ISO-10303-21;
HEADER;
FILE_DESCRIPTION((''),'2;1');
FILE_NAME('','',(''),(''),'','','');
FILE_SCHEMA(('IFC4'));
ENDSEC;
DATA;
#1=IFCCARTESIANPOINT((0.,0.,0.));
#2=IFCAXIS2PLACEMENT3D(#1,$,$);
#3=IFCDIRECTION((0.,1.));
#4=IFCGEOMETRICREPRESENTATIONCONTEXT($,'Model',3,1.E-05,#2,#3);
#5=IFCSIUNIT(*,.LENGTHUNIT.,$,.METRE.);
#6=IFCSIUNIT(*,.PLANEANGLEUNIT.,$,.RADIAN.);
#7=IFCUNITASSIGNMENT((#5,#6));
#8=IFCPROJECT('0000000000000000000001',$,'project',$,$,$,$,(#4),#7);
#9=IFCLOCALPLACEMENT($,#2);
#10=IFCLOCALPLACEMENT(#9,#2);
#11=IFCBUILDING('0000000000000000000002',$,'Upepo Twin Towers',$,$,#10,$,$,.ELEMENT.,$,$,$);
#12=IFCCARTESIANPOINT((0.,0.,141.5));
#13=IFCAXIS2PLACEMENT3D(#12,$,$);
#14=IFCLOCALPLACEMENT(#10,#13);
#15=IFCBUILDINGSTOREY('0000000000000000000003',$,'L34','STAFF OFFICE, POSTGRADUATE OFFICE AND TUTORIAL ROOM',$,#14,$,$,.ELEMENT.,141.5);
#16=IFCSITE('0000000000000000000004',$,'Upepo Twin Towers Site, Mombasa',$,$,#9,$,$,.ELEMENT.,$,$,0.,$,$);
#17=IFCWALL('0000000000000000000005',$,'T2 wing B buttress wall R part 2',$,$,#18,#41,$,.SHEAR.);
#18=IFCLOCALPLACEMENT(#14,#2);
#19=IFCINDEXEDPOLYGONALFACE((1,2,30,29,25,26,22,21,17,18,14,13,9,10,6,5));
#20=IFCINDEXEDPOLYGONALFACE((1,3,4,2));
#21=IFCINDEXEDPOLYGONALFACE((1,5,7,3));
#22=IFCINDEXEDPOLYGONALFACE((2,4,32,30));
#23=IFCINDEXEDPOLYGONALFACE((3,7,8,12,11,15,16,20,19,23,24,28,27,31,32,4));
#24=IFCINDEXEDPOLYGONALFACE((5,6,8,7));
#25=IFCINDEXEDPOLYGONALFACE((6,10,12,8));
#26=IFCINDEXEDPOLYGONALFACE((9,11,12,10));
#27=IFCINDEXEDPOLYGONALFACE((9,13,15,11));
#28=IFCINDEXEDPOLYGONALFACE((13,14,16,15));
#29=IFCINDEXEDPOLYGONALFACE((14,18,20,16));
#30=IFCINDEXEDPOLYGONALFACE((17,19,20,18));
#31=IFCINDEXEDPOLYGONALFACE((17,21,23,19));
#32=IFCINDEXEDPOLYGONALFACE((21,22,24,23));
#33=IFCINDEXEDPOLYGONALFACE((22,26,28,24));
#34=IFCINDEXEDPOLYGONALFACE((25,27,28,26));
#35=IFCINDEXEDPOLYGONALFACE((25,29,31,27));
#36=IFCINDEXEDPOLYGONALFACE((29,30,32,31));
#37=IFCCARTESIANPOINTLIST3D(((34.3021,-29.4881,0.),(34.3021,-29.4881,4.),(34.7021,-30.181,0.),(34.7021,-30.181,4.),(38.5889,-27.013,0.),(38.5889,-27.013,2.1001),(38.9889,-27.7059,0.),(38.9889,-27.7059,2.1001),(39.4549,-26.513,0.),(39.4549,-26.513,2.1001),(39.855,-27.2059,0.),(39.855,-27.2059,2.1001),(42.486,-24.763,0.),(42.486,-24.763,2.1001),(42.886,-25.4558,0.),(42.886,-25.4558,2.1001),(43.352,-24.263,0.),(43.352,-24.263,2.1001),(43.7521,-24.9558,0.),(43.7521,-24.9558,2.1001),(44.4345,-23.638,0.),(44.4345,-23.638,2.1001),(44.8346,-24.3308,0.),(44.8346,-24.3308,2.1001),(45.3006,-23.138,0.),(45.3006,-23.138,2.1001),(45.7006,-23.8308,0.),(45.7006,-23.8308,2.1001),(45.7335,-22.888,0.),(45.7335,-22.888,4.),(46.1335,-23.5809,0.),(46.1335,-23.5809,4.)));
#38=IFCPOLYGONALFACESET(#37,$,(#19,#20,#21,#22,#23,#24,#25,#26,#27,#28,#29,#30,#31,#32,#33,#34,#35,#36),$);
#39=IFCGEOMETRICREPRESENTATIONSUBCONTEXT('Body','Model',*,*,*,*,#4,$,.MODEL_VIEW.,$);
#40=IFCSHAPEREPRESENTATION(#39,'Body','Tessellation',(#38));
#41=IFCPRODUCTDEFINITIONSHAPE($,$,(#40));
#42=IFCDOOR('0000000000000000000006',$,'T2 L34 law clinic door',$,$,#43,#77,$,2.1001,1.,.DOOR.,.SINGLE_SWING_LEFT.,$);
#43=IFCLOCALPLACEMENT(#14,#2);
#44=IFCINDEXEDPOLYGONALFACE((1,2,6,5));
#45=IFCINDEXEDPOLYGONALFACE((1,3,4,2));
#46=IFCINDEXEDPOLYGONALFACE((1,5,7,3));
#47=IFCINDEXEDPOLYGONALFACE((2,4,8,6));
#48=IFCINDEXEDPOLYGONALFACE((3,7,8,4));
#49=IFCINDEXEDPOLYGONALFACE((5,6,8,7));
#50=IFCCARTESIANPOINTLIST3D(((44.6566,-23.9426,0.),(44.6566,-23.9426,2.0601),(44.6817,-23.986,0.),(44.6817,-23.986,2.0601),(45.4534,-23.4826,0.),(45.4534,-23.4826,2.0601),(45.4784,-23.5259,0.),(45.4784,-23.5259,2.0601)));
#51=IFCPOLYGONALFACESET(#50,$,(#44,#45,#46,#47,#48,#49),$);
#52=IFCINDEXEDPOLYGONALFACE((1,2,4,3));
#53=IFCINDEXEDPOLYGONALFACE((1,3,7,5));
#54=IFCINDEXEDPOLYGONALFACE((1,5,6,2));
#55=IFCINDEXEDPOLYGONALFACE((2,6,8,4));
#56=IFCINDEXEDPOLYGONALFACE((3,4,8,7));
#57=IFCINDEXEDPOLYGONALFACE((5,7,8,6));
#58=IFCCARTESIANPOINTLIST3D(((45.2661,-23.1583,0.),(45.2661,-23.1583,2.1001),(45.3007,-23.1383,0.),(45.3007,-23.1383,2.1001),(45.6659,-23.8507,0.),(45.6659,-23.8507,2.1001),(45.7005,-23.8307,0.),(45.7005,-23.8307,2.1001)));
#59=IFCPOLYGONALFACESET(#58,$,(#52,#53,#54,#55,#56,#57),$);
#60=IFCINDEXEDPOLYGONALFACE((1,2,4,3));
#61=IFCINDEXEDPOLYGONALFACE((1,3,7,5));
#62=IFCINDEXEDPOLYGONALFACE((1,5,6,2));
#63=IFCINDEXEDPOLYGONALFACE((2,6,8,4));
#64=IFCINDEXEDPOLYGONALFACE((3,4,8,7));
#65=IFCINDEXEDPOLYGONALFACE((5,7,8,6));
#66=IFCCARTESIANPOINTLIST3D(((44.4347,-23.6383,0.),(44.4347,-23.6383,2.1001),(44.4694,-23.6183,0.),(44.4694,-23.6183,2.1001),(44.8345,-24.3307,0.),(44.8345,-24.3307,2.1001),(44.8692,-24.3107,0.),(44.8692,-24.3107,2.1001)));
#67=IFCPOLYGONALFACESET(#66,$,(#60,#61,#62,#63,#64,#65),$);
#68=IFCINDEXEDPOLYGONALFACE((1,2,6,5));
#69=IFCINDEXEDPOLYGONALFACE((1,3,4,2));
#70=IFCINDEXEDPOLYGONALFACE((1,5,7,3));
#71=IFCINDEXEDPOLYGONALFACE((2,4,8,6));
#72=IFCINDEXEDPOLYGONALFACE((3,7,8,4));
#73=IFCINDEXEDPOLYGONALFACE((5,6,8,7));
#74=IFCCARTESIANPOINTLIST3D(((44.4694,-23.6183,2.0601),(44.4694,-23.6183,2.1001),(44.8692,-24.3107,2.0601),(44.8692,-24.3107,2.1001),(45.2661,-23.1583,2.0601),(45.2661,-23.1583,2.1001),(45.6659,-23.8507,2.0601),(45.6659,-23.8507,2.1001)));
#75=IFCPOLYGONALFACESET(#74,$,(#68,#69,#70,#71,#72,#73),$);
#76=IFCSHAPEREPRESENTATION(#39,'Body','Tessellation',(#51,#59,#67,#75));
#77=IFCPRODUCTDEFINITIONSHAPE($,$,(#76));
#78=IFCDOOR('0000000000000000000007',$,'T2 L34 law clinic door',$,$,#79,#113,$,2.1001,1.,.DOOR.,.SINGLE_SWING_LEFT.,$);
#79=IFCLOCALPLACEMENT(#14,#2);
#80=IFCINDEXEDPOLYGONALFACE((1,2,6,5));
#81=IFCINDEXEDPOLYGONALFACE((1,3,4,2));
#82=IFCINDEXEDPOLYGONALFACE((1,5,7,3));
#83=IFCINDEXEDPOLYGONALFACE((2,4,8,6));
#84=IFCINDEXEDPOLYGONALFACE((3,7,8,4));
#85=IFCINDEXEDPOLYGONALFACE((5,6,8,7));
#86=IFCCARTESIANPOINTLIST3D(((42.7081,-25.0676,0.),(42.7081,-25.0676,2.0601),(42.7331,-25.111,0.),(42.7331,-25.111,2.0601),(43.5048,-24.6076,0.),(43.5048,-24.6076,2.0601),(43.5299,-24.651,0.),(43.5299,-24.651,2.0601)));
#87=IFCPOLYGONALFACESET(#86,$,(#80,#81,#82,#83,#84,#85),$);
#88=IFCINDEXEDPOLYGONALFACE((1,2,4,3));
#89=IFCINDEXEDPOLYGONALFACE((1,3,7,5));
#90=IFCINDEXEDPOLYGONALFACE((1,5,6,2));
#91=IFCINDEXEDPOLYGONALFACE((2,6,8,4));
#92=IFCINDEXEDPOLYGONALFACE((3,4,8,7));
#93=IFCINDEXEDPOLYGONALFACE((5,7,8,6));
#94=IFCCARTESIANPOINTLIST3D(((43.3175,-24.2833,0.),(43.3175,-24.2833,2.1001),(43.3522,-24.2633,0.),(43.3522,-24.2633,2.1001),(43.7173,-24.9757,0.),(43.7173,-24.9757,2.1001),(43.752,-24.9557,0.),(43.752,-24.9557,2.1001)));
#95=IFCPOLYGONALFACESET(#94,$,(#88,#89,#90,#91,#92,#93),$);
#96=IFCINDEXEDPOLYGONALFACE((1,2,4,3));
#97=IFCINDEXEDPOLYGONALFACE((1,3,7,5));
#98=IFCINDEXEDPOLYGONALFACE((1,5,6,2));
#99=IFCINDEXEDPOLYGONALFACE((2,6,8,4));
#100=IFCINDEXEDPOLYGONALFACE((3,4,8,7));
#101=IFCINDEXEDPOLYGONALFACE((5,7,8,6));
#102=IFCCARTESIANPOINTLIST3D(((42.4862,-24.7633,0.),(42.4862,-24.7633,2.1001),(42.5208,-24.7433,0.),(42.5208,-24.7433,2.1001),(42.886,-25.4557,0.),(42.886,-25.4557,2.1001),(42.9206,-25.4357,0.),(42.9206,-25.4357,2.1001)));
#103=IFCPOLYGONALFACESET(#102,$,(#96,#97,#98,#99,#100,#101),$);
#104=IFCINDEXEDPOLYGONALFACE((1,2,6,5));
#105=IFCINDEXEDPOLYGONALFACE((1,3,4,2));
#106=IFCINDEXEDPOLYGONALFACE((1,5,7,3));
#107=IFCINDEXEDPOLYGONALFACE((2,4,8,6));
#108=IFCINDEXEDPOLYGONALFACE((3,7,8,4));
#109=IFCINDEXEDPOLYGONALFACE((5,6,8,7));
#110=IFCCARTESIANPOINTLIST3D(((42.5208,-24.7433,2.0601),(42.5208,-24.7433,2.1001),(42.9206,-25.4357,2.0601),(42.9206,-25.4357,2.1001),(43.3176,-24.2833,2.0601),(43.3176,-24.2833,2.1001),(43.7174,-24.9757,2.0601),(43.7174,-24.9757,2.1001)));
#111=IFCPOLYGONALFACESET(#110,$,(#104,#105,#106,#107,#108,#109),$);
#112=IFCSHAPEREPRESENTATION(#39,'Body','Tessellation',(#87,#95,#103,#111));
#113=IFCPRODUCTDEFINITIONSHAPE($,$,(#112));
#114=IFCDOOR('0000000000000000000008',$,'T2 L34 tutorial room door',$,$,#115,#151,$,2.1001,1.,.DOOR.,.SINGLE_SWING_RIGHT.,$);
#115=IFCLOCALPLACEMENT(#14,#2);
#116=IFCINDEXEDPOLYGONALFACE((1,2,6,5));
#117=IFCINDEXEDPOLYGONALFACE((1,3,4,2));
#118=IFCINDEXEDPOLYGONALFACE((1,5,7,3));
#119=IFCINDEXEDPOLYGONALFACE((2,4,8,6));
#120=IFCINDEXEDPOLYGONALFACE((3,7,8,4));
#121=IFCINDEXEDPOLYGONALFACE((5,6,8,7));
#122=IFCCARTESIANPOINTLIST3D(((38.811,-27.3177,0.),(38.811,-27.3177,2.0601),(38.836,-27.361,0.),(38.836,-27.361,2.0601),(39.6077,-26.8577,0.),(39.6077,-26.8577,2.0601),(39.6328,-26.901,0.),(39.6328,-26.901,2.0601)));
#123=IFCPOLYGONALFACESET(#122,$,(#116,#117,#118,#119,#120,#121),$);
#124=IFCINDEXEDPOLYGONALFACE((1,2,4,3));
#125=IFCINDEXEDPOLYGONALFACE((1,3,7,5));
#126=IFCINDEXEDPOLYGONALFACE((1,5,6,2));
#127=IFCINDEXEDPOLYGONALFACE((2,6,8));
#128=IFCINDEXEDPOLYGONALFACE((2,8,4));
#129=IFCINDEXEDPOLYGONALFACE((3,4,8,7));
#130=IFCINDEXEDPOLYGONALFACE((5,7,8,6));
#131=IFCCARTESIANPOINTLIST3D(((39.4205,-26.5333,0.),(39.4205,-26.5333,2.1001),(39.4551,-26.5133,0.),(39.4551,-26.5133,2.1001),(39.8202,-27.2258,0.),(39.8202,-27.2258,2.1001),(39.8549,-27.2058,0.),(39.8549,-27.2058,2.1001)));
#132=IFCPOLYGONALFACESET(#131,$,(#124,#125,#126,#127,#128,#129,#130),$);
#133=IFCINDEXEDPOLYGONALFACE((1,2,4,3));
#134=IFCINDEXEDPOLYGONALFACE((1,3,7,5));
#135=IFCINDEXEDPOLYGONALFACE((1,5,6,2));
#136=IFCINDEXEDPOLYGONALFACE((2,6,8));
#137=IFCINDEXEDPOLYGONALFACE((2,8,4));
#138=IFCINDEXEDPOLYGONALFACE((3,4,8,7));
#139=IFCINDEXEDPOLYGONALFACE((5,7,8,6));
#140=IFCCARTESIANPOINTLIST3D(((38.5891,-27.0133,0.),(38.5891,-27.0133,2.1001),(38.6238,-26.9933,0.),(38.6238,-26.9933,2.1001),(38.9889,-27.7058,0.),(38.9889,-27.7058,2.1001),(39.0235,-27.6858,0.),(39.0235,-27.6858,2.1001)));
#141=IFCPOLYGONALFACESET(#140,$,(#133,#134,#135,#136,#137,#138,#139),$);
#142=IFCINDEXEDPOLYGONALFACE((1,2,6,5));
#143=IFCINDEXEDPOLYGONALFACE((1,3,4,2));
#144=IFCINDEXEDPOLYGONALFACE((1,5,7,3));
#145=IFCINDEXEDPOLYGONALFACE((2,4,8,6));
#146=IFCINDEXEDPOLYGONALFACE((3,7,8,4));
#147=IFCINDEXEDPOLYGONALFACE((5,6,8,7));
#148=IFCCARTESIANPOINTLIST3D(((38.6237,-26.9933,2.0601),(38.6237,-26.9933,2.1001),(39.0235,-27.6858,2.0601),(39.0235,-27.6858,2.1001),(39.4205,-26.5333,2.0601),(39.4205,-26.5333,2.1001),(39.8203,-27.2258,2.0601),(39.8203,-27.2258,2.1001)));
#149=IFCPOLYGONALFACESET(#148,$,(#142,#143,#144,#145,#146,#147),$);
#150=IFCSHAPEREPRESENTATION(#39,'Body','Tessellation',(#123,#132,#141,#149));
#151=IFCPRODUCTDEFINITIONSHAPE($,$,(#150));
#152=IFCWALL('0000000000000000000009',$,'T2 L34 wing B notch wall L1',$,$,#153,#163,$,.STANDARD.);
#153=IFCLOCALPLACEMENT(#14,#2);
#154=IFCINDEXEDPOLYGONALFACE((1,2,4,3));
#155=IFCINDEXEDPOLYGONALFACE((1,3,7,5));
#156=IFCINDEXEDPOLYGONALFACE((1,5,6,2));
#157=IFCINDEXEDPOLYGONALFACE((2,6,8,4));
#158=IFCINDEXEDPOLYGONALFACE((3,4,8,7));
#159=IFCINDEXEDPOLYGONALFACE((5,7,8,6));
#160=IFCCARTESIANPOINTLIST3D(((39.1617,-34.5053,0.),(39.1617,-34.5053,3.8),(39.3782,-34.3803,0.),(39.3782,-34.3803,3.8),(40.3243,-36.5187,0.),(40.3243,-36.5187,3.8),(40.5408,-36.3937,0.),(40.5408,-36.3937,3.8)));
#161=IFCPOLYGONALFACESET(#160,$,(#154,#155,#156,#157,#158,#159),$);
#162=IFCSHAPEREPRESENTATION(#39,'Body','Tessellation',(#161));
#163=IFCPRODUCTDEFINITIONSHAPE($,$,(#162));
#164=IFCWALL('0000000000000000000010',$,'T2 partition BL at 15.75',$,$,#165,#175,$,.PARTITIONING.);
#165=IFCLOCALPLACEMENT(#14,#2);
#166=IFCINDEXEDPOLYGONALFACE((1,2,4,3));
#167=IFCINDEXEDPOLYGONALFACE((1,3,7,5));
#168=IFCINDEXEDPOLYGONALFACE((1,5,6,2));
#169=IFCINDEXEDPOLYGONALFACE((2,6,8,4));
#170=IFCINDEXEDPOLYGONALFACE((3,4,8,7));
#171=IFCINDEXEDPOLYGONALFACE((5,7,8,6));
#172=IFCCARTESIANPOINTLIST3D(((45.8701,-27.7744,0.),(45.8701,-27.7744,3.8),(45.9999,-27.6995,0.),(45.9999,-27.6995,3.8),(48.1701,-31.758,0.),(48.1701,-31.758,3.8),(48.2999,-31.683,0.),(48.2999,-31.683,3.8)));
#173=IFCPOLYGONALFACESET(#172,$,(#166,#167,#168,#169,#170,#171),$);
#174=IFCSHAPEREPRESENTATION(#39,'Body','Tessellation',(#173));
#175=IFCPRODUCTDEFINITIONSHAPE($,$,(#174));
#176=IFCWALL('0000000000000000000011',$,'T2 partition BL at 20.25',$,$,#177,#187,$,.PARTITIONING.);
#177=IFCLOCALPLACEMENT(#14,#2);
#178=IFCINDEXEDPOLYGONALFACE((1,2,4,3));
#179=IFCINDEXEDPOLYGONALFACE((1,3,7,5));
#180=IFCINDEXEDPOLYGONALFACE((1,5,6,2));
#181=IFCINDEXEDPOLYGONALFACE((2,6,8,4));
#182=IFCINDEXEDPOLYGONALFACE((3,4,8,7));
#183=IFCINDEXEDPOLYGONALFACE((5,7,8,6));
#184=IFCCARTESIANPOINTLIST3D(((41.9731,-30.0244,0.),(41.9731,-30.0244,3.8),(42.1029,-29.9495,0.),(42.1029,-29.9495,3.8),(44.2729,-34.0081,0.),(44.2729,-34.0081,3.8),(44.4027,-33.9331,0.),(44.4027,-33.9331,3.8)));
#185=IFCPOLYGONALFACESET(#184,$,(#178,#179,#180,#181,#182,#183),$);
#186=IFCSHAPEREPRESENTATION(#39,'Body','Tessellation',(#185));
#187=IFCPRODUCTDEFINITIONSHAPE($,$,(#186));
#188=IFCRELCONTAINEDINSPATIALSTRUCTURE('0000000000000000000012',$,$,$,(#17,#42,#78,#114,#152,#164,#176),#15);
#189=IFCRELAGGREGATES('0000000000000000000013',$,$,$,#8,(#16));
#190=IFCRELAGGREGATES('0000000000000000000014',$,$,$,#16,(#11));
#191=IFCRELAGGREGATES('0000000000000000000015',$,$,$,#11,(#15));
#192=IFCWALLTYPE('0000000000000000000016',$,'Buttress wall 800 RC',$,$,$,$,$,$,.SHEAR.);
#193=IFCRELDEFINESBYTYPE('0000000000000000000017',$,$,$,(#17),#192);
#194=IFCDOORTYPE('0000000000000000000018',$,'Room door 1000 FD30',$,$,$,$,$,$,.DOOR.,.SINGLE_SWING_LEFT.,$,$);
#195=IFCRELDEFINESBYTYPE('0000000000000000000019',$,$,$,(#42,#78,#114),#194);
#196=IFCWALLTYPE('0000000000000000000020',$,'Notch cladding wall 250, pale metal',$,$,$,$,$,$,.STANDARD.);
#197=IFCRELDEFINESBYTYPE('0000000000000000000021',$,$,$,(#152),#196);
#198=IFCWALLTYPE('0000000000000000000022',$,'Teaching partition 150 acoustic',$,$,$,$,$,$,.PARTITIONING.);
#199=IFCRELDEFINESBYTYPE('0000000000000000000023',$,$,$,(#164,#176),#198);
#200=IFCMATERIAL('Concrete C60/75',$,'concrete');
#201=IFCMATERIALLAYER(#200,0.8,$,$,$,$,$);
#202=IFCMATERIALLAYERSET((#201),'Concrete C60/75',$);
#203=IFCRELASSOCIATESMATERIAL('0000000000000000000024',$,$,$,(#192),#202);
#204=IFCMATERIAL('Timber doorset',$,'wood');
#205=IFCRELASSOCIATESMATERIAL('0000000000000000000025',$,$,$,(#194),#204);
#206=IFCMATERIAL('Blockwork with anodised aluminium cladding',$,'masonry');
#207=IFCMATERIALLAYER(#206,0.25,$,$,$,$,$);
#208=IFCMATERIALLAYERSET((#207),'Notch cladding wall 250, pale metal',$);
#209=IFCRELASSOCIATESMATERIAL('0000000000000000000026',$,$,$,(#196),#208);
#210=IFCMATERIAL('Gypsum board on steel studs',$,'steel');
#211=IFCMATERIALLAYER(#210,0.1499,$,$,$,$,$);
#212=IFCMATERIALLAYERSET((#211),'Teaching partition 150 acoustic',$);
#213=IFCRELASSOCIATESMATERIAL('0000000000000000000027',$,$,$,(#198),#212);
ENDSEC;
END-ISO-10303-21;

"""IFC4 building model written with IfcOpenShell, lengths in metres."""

from ifc_helpers import new_model, si_unit, direction, frame, frame_2d, origin, place, context, subcontext, project, spatial, rectangle, extrude, material, layer, layer_set, type_object, element, fill, save


model = new_model("IFC4")

# Units and contexts
model_context = context("Model", 3, precision=1e-05, world=origin(), true_north=direction((0.0, 1.0)))
body_context = subcontext(model_context, "Body", "Model", "MODEL_VIEW")
ifc_project = project(units=[si_unit("LENGTHUNIT", "METRE"), si_unit("PLANEANGLEUNIT", "RADIAN")], contexts=[model_context])

# Site, building, storey
site_placement = place(None, origin())
site = spatial("IfcSite", under=ifc_project, at=site_placement, Name="Upepo Twin Towers Site, Mombasa", CompositionType="ELEMENT", RefElevation=0.0)
building_placement = place(site_placement, origin())
building = spatial("IfcBuilding", under=site, at=building_placement, Name="Upepo Twin Towers", CompositionType="ELEMENT")
storey_placement = place(building_placement, frame((0.0, 0.0, 141.5)))
storey = spatial("IfcBuildingStorey", under=building, at=storey_placement, Name="L34", Description="STAFF OFFICE, POSTGRADUATE OFFICE AND TUTORIAL ROOM", CompositionType="ELEMENT", Elevation=141.5)

# Wall, openings, doors
ifc_material_1 = material(Name="Concrete C60/75", Category="concrete")
ifc_layer_1 = layer(ifc_material_1, 0.8)
ifc_layer_set_1 = layer_set([ifc_layer_1], Name="Concrete C60/75")
wall_type_1 = type_object("IfcWallType", Name="Buttress wall 800 RC", PredefinedType="SHEAR", material=ifc_layer_set_1)
wall_1_placement = place(storey_placement, frame((45.9336, -23.2344, 0.0), z_axis=(0.0, 0.0, 1.0), x_axis=(-0.86602, -0.50001, 0.0)))
wall_1 = element("IfcWall", 1, at=wall_1_placement, inside=storey, type_object=wall_type_1, Name="T2 wing B buttress wall R part 2", PredefinedType="SHEAR", context=body_context, shape_type="SweptSolid", body=[
    extrude(rectangle(XDim=13.2, YDim=0.8, at=frame_2d((6.6001, 0.0))), origin(), (0.0, 0.0, 1.0), 4.0),
])
opening_1_placement = place(wall_1_placement, frame((0.5, 0.0, 0.0)))
opening_1 = element("IfcOpeningElement", 2, at=opening_1_placement, cuts=wall_1, PredefinedType="OPENING", context=body_context, shape_type="SweptSolid", body=[
    extrude(rectangle(XDim=1.0, YDim=2.1001, at=frame_2d((0.5, 1.05))), frame((0.0, 0.4099, 0.0), z_axis=(0.0, -1.0, 0.0), x_axis=(1.0, 0.0, 0.0)), (0.0, 0.0, 1.0), 0.8201),
])
opening_2_placement = place(wall_1_placement, frame((2.75, 0.0, 0.0)))
opening_2 = element("IfcOpeningElement", 3, at=opening_2_placement, cuts=wall_1, PredefinedType="OPENING", context=body_context, shape_type="SweptSolid", body=[
    extrude(rectangle(XDim=1.0, YDim=2.1001, at=frame_2d((0.5, 1.05))), frame((0.0, 0.4099, 0.0), z_axis=(0.0, -1.0, 0.0), x_axis=(1.0, 0.0, 0.0)), (0.0, 0.0, 1.0), 0.8201),
])
opening_3_placement = place(wall_1_placement, frame((7.25, 0.0, 0.0)))
opening_3 = element("IfcOpeningElement", 4, at=opening_3_placement, cuts=wall_1, PredefinedType="OPENING", context=body_context, shape_type="SweptSolid", body=[
    extrude(rectangle(XDim=1.0, YDim=2.1001, at=frame_2d((0.5, 1.05))), frame((0.0, 0.4099, 0.0), z_axis=(0.0, -1.0, 0.0), x_axis=(1.0, 0.0, 0.0)), (0.0, 0.0, 1.0), 0.8201),
])
ifc_material_2 = material(Name="Timber doorset", Category="wood")
door_type = type_object("IfcDoorType", Name="Room door 1000 FD30", OperationType="SINGLE_SWING_LEFT", PredefinedType="DOOR", material=ifc_material_2)
door_1_placement = place(opening_1_placement, origin())
door_1 = element("IfcDoor", 5, at=door_1_placement, inside=storey, type_object=door_type, Name="T2 L34 law clinic door", OperationType="SINGLE_SWING_LEFT", OverallHeight=2.1001, OverallWidth=1.0, PredefinedType="DOOR", context=body_context, shape_type="SweptSolid", body=[
    extrude(rectangle(XDim=0.92, YDim=2.0601, at=frame_2d((0.5, 1.03))), frame((0.0, 0.0249, 0.0), z_axis=(0.0, -1.0, 0.0), x_axis=(1.0, 0.0, 0.0)), (0.0, 0.0, 1.0), 0.05),
    extrude(rectangle(XDim=0.04, YDim=2.1001, at=frame_2d((0.02, 1.05))), frame((0.0, 0.3999, 0.0), z_axis=(0.0, -1.0, 0.0), x_axis=(1.0, 0.0, 0.0)), (0.0, 0.0, 1.0), 0.7996),
    extrude(rectangle(XDim=0.04, YDim=2.1001, at=frame_2d((0.98, 1.05))), frame((0.0, 0.3999, 0.0), z_axis=(0.0, -1.0, 0.0), x_axis=(1.0, 0.0, 0.0)), (0.0, 0.0, 1.0), 0.7996),
    extrude(rectangle(XDim=0.92, YDim=0.04, at=frame_2d((0.5, 2.0801))), frame((0.0, 0.3999, 0.0), z_axis=(0.0, -1.0, 0.0), x_axis=(1.0, 0.0, 0.0)), (0.0, 0.0, 1.0), 0.7996),
])
fill(opening_1, door_1)
door_2_placement = place(opening_2_placement, origin())
door_2 = element("IfcDoor", 6, at=door_2_placement, inside=storey, type_object=door_type, Name="T2 L34 law clinic door", OperationType="SINGLE_SWING_LEFT", OverallHeight=2.1001, OverallWidth=1.0, PredefinedType="DOOR", context=body_context, shape_type="SweptSolid", body=[
    extrude(rectangle(XDim=0.92, YDim=2.0601, at=frame_2d((0.5, 1.03))), frame((0.0, 0.0249, 0.0), z_axis=(0.0, -1.0, 0.0), x_axis=(1.0, 0.0, 0.0)), (0.0, 0.0, 1.0), 0.05),
    extrude(rectangle(XDim=0.04, YDim=2.1001, at=frame_2d((0.02, 1.05))), frame((0.0, 0.3999, 0.0), z_axis=(0.0, -1.0, 0.0), x_axis=(1.0, 0.0, 0.0)), (0.0, 0.0, 1.0), 0.7996),
    extrude(rectangle(XDim=0.04, YDim=2.1001, at=frame_2d((0.98, 1.05))), frame((0.0, 0.3999, 0.0), z_axis=(0.0, -1.0, 0.0), x_axis=(1.0, 0.0, 0.0)), (0.0, 0.0, 1.0), 0.7996),
    extrude(rectangle(XDim=0.92, YDim=0.04, at=frame_2d((0.5, 2.0801))), frame((0.0, 0.3999, 0.0), z_axis=(0.0, -1.0, 0.0), x_axis=(1.0, 0.0, 0.0)), (0.0, 0.0, 1.0), 0.7996),
])
fill(opening_2, door_2)
door_3_placement = place(opening_3_placement, origin())
door_3 = element("IfcDoor", 7, at=door_3_placement, inside=storey, type_object=door_type, Name="T2 L34 tutorial room door", OperationType="SINGLE_SWING_RIGHT", OverallHeight=2.1001, OverallWidth=1.0, PredefinedType="DOOR", context=body_context, shape_type="SweptSolid", body=[
    extrude(rectangle(XDim=0.92, YDim=2.0601, at=frame_2d((0.5, 1.03))), frame((0.0, 0.0249, 0.0), z_axis=(0.0, -1.0, 0.0), x_axis=(1.0, 0.0, 0.0)), (0.0, 0.0, 1.0), 0.05),
    extrude(rectangle(XDim=0.04, YDim=2.1001, at=frame_2d((0.02, 1.05))), frame((0.0, 0.3999, 0.0), z_axis=(0.0, -1.0, 0.0), x_axis=(1.0, 0.0, 0.0)), (0.0, 0.0, 1.0), 0.7996),
    extrude(rectangle(XDim=0.04, YDim=2.1001, at=frame_2d((0.98, 1.05))), frame((0.0, 0.3999, 0.0), z_axis=(0.0, -1.0, 0.0), x_axis=(1.0, 0.0, 0.0)), (0.0, 0.0, 1.0), 0.7996),
    extrude(rectangle(XDim=0.92, YDim=0.04, at=frame_2d((0.5, 2.0801))), frame((0.0, 0.3999, 0.0), z_axis=(0.0, -1.0, 0.0), x_axis=(1.0, 0.0, 0.0)), (0.0, 0.0, 1.0), 0.7996),
])
fill(opening_3, door_3)

# Walls
ifc_material_3 = material(Name="Blockwork with anodised aluminium cladding", Category="masonry")
ifc_layer_2 = layer(ifc_material_3, 0.25)
ifc_layer_set_2 = layer_set([ifc_layer_2], Name="Notch cladding wall 250, pale metal")
wall_type_2 = type_object("IfcWallType", Name="Notch cladding wall 250, pale metal", PredefinedType="STANDARD", material=ifc_layer_set_2)
wall_2_placement = place(storey_placement, frame((40.4326, -36.4563, 0.0), z_axis=(0.0, 0.0, 1.0), x_axis=(-0.500047, 0.865998, 0.0)))
element("IfcWall", 8, at=wall_2_placement, inside=storey, type_object=wall_type_2, Name="T2 L34 wing B notch wall L1", PredefinedType="STANDARD", context=body_context, shape_type="SweptSolid", body=[
    extrude(rectangle(XDim=2.325, YDim=0.25, at=frame_2d((1.1626, 0.0))), origin(), (0.0, 0.0, 1.0), 3.8),
])
ifc_material_4 = material(Name="Gypsum board on steel studs", Category="steel")
ifc_layer_3 = layer(ifc_material_4, 0.1499)
ifc_layer_set_3 = layer_set([ifc_layer_3], Name="Teaching partition 150 acoustic")
wall_type_3 = type_object("IfcWallType", Name="Teaching partition 150 acoustic", PredefinedType="PARTITIONING", material=ifc_layer_set_3)
for number, where, z_axis, x_axis, name in (
    (9, (45.9351, -27.7371, 0.0), (0.0, 0.0, 1.0), (0.500015, -0.866017, 0.0), "T2 partition BL at 15.75"),
    (10, (42.0381, -29.9871, 0.0), (0.0, 0.0, 1.0), (0.499975, -0.86604, 0.0), "T2 partition BL at 20.25"),
):
    element("IfcWall", number, at=place(storey_placement, frame(where, z_axis=z_axis, x_axis=x_axis)), inside=storey, type_object=wall_type_3, Name=name, PredefinedType="PARTITIONING", context=body_context, shape_type="SweptSolid", body=[
        extrude(rectangle(XDim=4.5999, YDim=0.1499, at=frame_2d((2.2998, 0.0))), origin(), (0.0, 0.0, 1.0), 3.8),
    ])

save(model, "model.ifc")
